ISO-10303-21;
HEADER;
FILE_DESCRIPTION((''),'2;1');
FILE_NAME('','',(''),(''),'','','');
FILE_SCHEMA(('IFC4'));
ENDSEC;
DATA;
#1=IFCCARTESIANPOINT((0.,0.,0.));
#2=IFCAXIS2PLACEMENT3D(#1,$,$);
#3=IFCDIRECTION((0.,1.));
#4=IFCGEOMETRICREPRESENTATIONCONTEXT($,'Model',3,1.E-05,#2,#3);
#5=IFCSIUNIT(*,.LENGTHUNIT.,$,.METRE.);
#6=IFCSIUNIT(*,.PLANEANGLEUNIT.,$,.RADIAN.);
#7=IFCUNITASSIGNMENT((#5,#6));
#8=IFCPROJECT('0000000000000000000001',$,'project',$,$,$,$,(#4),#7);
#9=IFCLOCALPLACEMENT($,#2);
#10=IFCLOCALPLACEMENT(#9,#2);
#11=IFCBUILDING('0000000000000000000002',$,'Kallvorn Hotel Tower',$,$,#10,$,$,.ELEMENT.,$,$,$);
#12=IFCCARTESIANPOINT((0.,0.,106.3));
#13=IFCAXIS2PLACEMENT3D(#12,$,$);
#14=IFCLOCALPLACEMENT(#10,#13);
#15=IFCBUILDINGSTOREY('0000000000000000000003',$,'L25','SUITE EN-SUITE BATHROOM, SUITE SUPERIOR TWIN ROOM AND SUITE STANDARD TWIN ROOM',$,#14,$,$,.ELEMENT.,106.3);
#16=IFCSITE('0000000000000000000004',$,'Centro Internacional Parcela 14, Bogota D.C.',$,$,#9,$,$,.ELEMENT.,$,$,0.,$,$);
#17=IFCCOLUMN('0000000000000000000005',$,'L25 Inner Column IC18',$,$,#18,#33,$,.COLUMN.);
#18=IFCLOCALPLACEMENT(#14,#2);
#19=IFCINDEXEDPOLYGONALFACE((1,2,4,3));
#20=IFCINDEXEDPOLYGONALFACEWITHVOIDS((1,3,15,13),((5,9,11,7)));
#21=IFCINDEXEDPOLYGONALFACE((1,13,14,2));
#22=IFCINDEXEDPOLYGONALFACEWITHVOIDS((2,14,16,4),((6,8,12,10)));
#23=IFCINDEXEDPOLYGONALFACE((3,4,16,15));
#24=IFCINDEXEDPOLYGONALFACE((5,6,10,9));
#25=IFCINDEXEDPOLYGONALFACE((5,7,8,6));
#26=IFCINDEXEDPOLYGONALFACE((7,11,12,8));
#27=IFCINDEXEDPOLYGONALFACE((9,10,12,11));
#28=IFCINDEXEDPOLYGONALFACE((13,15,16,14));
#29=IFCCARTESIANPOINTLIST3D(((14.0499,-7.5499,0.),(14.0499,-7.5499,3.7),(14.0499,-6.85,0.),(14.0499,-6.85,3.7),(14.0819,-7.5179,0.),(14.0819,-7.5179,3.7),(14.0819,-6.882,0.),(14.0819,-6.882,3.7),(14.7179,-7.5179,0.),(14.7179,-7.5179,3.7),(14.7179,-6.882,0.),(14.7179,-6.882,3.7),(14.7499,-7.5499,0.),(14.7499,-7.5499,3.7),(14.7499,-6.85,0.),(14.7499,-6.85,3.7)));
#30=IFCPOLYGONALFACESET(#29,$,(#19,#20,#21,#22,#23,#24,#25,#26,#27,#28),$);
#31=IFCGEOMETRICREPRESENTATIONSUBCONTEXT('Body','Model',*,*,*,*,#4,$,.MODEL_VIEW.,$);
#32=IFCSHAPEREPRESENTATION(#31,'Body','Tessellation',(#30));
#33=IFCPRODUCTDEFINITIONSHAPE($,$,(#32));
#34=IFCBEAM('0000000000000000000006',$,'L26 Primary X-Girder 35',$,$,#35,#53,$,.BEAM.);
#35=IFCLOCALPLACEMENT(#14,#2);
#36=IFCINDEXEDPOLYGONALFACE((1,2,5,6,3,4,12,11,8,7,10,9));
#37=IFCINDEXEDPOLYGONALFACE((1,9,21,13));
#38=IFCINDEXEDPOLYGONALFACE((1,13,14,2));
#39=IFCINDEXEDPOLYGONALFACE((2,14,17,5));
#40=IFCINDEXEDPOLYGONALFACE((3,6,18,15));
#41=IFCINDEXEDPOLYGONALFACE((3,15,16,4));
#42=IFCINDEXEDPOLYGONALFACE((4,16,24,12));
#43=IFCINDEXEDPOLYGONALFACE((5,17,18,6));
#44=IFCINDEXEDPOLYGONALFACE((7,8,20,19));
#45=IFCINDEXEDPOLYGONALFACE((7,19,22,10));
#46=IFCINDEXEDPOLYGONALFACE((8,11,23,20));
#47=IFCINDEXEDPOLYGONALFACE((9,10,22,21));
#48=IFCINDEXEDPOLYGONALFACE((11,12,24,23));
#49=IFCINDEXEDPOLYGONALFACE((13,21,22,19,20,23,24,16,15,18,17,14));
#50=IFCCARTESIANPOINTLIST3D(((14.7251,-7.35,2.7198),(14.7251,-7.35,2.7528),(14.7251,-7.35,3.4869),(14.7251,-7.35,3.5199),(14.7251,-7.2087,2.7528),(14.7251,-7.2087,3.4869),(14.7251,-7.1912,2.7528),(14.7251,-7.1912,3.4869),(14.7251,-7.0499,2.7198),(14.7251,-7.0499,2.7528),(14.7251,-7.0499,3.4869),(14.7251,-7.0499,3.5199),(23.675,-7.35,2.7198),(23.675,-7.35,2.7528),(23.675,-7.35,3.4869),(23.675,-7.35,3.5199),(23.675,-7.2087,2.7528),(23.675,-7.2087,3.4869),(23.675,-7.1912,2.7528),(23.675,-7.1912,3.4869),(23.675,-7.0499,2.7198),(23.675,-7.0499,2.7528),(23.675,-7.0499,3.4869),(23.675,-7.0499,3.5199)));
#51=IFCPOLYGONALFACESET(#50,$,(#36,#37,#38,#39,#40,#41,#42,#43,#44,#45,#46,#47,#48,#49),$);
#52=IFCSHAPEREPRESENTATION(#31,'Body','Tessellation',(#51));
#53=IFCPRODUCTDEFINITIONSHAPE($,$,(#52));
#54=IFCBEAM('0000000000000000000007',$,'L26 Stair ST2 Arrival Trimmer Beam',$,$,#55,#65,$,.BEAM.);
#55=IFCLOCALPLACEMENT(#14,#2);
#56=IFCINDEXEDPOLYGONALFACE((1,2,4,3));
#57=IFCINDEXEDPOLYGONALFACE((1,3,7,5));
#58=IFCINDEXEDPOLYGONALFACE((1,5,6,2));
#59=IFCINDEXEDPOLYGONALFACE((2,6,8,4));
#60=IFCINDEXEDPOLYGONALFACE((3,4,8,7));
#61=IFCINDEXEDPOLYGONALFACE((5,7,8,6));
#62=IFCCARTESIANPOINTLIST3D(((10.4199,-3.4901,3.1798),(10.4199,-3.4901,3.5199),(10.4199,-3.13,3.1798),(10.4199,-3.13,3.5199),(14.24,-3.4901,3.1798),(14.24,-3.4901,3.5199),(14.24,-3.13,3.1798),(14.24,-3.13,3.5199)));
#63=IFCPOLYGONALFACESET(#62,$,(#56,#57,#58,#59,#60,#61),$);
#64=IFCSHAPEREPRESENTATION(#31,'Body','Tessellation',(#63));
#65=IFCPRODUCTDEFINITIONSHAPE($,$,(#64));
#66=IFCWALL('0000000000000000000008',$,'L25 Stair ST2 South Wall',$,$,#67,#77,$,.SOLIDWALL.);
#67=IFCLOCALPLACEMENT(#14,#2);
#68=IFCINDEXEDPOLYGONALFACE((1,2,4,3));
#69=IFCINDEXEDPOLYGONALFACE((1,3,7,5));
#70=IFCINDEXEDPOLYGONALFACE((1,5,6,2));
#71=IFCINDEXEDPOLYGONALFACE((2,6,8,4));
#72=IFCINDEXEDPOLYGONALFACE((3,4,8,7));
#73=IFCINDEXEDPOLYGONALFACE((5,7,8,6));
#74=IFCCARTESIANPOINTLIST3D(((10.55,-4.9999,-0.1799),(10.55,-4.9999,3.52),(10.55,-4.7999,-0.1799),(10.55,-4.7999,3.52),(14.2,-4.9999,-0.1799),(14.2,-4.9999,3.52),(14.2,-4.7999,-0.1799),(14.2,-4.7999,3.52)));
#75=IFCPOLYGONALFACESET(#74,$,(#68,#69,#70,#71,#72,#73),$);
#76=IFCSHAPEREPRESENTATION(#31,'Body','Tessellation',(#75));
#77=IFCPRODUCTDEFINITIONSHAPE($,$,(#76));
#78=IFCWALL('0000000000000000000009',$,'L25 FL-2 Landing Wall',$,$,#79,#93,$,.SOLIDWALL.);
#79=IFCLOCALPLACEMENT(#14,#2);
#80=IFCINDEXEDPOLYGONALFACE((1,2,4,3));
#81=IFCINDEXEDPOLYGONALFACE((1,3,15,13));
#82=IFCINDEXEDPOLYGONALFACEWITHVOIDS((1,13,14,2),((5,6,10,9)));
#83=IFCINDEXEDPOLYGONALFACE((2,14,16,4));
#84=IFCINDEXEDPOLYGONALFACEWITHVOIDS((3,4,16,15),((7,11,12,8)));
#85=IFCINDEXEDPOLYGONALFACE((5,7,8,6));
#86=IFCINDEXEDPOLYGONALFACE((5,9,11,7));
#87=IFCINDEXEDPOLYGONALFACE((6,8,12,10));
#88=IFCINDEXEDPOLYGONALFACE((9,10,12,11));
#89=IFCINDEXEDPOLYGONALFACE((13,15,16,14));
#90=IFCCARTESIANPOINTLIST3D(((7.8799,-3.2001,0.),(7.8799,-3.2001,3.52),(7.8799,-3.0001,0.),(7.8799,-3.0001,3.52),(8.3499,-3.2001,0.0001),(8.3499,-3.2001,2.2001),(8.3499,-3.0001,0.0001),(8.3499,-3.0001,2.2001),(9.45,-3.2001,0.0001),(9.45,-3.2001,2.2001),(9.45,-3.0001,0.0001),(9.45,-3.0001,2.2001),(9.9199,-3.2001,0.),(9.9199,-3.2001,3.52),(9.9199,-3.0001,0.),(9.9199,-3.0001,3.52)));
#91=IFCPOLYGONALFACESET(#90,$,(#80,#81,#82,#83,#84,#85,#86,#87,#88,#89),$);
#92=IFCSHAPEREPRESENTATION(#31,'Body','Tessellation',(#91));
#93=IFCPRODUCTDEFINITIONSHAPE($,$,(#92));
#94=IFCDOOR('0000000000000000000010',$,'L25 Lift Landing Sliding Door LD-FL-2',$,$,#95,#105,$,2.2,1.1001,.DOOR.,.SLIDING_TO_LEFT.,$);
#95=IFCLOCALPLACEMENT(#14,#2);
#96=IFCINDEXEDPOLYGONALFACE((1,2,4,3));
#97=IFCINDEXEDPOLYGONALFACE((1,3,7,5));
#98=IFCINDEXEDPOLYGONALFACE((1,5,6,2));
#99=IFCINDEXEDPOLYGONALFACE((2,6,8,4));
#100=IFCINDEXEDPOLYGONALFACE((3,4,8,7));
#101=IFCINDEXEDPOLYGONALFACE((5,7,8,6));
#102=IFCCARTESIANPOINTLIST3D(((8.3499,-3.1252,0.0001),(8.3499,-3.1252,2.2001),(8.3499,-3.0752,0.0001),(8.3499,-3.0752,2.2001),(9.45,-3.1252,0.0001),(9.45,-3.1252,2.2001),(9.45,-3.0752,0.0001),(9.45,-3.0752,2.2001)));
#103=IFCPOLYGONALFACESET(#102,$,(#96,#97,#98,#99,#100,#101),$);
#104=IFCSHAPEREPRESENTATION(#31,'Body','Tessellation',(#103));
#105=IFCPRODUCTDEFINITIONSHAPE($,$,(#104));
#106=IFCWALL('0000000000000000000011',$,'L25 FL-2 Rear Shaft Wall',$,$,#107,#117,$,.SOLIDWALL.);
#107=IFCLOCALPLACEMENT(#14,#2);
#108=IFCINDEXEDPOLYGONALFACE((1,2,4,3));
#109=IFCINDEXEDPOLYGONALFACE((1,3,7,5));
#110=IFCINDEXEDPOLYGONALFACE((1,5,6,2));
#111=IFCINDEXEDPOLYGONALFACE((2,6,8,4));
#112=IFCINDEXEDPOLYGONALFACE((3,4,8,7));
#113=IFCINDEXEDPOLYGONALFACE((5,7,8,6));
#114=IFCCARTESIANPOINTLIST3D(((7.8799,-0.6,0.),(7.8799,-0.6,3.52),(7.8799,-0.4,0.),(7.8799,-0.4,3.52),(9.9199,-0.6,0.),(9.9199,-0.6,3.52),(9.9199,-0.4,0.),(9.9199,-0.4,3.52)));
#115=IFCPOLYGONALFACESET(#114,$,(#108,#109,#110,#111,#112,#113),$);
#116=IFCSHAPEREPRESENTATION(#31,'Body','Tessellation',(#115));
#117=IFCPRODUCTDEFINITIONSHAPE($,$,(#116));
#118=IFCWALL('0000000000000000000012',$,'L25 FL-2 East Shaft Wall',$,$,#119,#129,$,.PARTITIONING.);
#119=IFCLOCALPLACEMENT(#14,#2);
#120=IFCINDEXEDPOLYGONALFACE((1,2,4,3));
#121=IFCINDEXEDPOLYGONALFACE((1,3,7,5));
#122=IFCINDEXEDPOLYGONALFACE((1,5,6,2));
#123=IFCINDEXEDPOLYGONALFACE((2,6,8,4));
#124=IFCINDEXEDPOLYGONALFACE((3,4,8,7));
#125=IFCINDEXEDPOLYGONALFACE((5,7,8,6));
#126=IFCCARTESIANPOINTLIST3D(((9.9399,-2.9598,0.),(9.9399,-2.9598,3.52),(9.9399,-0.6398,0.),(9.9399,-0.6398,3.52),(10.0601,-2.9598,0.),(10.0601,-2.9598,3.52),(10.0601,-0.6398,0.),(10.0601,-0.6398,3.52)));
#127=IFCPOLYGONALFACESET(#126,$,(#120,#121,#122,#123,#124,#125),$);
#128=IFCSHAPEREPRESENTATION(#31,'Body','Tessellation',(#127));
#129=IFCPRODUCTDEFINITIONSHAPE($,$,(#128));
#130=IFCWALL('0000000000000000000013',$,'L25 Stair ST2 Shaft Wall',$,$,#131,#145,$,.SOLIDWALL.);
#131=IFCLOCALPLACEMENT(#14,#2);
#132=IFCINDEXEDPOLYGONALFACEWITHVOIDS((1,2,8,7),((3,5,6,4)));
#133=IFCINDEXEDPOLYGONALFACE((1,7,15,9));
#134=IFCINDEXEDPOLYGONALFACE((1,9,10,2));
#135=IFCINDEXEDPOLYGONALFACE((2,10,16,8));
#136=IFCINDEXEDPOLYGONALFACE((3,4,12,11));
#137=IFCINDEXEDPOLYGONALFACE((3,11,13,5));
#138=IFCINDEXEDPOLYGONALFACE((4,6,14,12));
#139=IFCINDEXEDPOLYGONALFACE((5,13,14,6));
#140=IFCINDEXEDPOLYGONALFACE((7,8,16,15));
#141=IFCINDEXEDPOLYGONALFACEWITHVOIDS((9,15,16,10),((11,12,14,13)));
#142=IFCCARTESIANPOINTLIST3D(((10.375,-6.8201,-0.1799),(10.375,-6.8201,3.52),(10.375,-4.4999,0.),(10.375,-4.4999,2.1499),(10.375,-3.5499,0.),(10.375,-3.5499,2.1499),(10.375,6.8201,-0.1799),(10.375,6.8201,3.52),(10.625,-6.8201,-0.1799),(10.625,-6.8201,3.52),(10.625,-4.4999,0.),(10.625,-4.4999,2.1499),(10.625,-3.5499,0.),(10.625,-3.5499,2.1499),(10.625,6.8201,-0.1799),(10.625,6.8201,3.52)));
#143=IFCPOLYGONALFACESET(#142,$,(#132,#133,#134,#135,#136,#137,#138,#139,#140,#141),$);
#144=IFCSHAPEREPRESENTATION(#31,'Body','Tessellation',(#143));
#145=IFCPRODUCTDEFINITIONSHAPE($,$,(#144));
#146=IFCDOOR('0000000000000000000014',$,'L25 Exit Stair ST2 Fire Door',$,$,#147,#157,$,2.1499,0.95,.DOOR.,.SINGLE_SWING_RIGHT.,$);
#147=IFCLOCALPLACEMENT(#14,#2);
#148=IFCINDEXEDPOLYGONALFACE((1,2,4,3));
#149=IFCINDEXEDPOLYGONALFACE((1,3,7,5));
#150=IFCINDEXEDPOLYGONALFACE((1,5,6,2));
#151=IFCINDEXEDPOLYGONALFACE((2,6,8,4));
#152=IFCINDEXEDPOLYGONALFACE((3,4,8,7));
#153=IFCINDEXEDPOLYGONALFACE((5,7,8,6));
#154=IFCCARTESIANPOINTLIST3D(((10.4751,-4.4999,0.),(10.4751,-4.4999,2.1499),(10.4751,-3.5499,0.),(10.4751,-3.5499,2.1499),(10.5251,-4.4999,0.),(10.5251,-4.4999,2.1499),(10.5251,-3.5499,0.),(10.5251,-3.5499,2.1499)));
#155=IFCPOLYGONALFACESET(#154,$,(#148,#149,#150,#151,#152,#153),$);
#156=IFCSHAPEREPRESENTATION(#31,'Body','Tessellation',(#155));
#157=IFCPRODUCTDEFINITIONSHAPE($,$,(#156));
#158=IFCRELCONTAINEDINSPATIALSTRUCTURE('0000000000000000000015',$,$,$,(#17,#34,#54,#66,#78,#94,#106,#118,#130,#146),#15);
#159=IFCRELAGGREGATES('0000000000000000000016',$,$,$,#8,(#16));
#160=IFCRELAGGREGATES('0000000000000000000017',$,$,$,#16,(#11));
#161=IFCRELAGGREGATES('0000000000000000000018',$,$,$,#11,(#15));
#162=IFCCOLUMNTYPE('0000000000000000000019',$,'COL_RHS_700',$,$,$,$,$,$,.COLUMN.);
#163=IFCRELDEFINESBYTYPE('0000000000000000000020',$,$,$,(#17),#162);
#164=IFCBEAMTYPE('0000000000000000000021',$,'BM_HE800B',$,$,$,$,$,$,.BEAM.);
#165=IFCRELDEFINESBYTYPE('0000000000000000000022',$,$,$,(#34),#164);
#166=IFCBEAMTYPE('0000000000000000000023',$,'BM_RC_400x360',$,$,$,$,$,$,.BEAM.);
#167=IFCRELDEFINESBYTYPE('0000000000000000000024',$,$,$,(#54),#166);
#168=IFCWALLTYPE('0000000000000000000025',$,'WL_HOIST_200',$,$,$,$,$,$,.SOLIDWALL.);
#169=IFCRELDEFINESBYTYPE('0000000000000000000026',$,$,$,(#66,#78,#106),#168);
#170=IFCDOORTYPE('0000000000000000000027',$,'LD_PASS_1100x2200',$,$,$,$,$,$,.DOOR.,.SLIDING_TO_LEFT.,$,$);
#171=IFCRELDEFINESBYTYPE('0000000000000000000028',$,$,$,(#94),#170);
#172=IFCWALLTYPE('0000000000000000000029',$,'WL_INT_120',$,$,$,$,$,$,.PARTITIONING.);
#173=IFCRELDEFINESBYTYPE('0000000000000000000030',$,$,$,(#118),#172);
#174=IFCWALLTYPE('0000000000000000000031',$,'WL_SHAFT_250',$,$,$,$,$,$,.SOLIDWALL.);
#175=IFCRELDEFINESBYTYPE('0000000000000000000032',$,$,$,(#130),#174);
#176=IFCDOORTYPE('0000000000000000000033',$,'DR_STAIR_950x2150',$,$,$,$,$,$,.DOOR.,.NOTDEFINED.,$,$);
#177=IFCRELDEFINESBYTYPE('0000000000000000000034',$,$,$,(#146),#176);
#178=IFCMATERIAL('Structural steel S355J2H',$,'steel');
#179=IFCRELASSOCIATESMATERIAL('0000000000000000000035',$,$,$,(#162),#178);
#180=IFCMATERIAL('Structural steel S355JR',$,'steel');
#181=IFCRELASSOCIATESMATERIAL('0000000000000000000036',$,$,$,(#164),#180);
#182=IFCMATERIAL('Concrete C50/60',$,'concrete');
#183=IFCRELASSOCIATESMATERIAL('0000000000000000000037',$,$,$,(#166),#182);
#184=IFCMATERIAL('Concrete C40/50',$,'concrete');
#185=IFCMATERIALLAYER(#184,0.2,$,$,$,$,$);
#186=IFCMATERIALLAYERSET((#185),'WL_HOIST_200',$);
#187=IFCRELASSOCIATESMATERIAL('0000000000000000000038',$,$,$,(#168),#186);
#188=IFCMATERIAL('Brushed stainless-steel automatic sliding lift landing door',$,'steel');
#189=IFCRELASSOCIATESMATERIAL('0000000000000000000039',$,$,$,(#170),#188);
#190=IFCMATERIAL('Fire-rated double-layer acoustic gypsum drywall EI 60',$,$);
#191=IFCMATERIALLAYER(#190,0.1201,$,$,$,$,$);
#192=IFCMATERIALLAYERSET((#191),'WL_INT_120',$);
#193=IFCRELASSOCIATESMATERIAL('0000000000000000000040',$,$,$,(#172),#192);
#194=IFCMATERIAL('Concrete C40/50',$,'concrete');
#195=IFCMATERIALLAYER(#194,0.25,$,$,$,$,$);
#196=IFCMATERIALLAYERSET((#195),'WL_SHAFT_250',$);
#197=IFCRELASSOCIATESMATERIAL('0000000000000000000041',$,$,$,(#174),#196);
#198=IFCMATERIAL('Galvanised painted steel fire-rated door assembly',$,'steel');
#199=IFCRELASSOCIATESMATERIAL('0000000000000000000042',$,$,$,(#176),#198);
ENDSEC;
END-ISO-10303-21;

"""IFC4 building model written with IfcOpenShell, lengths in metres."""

from ifc_helpers import new_model, si_unit, direction, frame, frame_2d, origin, origin_2d, place, context, subcontext, project, spatial, rectangle, hollow_rectangle, i_section, extrude, material, layer, layer_set, material_profile, profile_set, type_object, element, fill, save


model = new_model("IFC4")

# Units and contexts
model_context = context("Model", 3, precision=1e-05, world=origin(), true_north=direction((0.0, 1.0)))
body_context = subcontext(model_context, "Body", "Model", "MODEL_VIEW")
ifc_project = project(units=[si_unit("LENGTHUNIT", "METRE"), si_unit("PLANEANGLEUNIT", "RADIAN")], contexts=[model_context])

# Site, building, storey
site_placement = place(None, origin())
site = spatial("IfcSite", under=ifc_project, at=site_placement, Name="Centro Internacional Parcela 14, Bogota D.C.", CompositionType="ELEMENT", RefElevation=0.0)
building_placement = place(site_placement, origin())
building = spatial("IfcBuilding", under=site, at=building_placement, Name="Kallvorn Hotel Tower", CompositionType="ELEMENT")
storey_placement = place(building_placement, frame((0.0, 0.0, 106.3)))
storey = spatial("IfcBuildingStorey", under=building, at=storey_placement, Name="L25", Description="SUITE EN-SUITE BATHROOM, SUITE SUPERIOR TWIN ROOM AND SUITE STANDARD TWIN ROOM", CompositionType="ELEMENT", Elevation=106.3)

# Column
ifc_material_1 = material(Name="Structural steel S355J2H", Category="steel")
ifc_material_profile_1 = material_profile(ifc_material_1, hollow_rectangle(XDim=0.7, YDim=0.7, WallThickness=0.032, at=origin_2d()), Name="RHS 700x700x32")
ifc_profile_set_1 = profile_set([ifc_material_profile_1], Name="Structural steel S355J2H")
column_type = type_object("IfcColumnType", Name="COL_RHS_700", PredefinedType="COLUMN", material=ifc_profile_set_1)
column_placement = place(storey_placement, frame((14.3999, -7.2, 0.0), z_axis=(0.0, 0.0, 1.0), x_axis=(1.0, 0.0, 0.0)))
element("IfcColumn", 1, at=column_placement, inside=storey, type_object=column_type, Name="L25 Inner Column IC18", PredefinedType="COLUMN", context=body_context, shape_type="SweptSolid", body=[
    extrude(hollow_rectangle(XDim=0.7, YDim=0.7, WallThickness=0.032, at=origin_2d()), origin(), (0.0, 0.0, 1.0), 3.7),
])

# Beams
ifc_material_2 = material(Name="Structural steel S355JR", Category="steel")
ifc_material_profile_2 = material_profile(ifc_material_2, i_section(OverallWidth=0.3, OverallDepth=0.8, WebThickness=0.0176, FlangeThickness=0.033, at=origin_2d()), Name="HE 800 B")
ifc_profile_set_2 = profile_set([ifc_material_profile_2], Name="Structural steel S355JR")
beam_type_1 = type_object("IfcBeamType", Name="BM_HE800B", PredefinedType="BEAM", material=ifc_profile_set_2)
beam_1_placement = place(storey_placement, frame((14.7251, -7.2, 3.1199), z_axis=(1.0, 0.0, 0.0), x_axis=(0.0, 1.0, 0.0)))
element("IfcBeam", 2, at=beam_1_placement, inside=storey, type_object=beam_type_1, Name="L26 Primary X-Girder 35", PredefinedType="BEAM", context=body_context, shape_type="SweptSolid", body=[
    extrude(i_section(OverallWidth=0.3, OverallDepth=0.8, WebThickness=0.0176, FlangeThickness=0.033, at=origin_2d()), origin(), (0.0, 0.0, 1.0), 8.95),
])
ifc_material_3 = material(Name="Concrete C50/60", Category="concrete")
ifc_material_profile_3 = material_profile(ifc_material_3, rectangle(XDim=0.3601, YDim=0.3401, at=origin_2d()), Name="RC 360x340")
ifc_profile_set_3 = profile_set([ifc_material_profile_3], Name="Concrete C50/60")
beam_type_2 = type_object("IfcBeamType", Name="BM_RC_400x360", PredefinedType="BEAM", material=ifc_profile_set_3)
beam_2_placement = place(storey_placement, frame((14.24, -3.3101, 3.3499), z_axis=(-1.0, 0.0, 0.0), x_axis=(0.0, -1.0, 0.0)))
element("IfcBeam", 3, at=beam_2_placement, inside=storey, type_object=beam_type_2, Name="L26 Stair ST2 Arrival Trimmer Beam", PredefinedType="BEAM", context=body_context, shape_type="SweptSolid", body=[
    extrude(rectangle(XDim=0.3601, YDim=0.3401, at=origin_2d()), origin(), (0.0, 0.0, 1.0), 3.8201),
])

# Wall
ifc_material_4 = material(Name="Concrete C40/50", Category="concrete")
ifc_layer_1 = layer(ifc_material_4, 0.2)
ifc_layer_set_1 = layer_set([ifc_layer_1], Name="WL_HOIST_200")
wall_type_1 = type_object("IfcWallType", Name="WL_HOIST_200", PredefinedType="SOLIDWALL", material=ifc_layer_set_1)
wall_1_placement = place(storey_placement, frame((10.55, -4.8999, -0.1799), z_axis=(0.0, 0.0, 1.0), x_axis=(1.0, 0.0, 0.0)))
element("IfcWall", 4, at=wall_1_placement, inside=storey, type_object=wall_type_1, Name="L25 Stair ST2 South Wall", PredefinedType="SOLIDWALL", context=body_context, shape_type="SweptSolid", body=[
    extrude(rectangle(XDim=3.6499, YDim=0.2, at=frame_2d((1.825, 0.0))), origin(), (0.0, 0.0, 1.0), 3.7),
])

# Wall, opening, door
wall_2_placement = place(storey_placement, frame((7.8799, -3.1001, 0.0), z_axis=(0.0, 0.0, 1.0), x_axis=(1.0, 0.0, 0.0)))
wall_2 = element("IfcWall", 5, at=wall_2_placement, inside=storey, type_object=wall_type_1, Name="L25 FL-2 Landing Wall", PredefinedType="SOLIDWALL", context=body_context, shape_type="SweptSolid", body=[
    extrude(rectangle(XDim=2.04, YDim=0.2, at=frame_2d((1.02, 0.0))), origin(), (0.0, 0.0, 1.0), 3.52),
])
opening_1_placement = place(wall_2_placement, frame((0.47, 0.0, 0.0)))
opening_1 = element("IfcOpeningElement", 6, at=opening_1_placement, cuts=wall_2, PredefinedType="OPENING", context=body_context, shape_type="SweptSolid", body=[
    extrude(rectangle(XDim=1.1001, YDim=2.2, at=frame_2d((0.55, 1.1001))), frame((0.0, 0.115, 0.0), z_axis=(0.0, -1.0, 0.0), x_axis=(1.0, 0.0, 0.0)), (0.0, 0.0, 1.0), 0.23),
])
ifc_material_5 = material(Name="Brushed stainless-steel automatic sliding lift landing door", Category="steel")
door_type_1 = type_object("IfcDoorType", Name="LD_PASS_1100x2200", OperationType="SLIDING_TO_LEFT", PredefinedType="DOOR", material=ifc_material_5)
door_1_placement = place(opening_1_placement, origin())
door_1 = element("IfcDoor", 7, at=door_1_placement, inside=storey, type_object=door_type_1, Name="L25 Lift Landing Sliding Door LD-FL-2", OperationType="SLIDING_TO_LEFT", OverallHeight=2.2, OverallWidth=1.1001, PredefinedType="DOOR", context=body_context, shape_type="SweptSolid", body=[
    extrude(rectangle(XDim=1.1001, YDim=2.2, at=frame_2d((0.55, 1.1001))), frame((0.0, 0.0249, 0.0), z_axis=(0.0, -1.0, 0.0), x_axis=(1.0, 0.0, 0.0)), (0.0, 0.0, 1.0), 0.05),
])
fill(opening_1, door_1)

# Walls
wall_3_placement = place(storey_placement, frame((7.8799, -0.5, 0.0), z_axis=(0.0, 0.0, 1.0), x_axis=(1.0, 0.0, 0.0)))
element("IfcWall", 8, at=wall_3_placement, inside=storey, type_object=wall_type_1, Name="L25 FL-2 Rear Shaft Wall", PredefinedType="SOLIDWALL", context=body_context, shape_type="SweptSolid", body=[
    extrude(rectangle(XDim=2.04, YDim=0.2, at=frame_2d((1.02, 0.0))), origin(), (0.0, 0.0, 1.0), 3.52),
])
ifc_material_6 = material(Name="Fire-rated double-layer acoustic gypsum drywall EI 60")
ifc_layer_2 = layer(ifc_material_6, 0.1201)
ifc_layer_set_2 = layer_set([ifc_layer_2], Name="WL_INT_120")
wall_type_2 = type_object("IfcWallType", Name="WL_INT_120", PredefinedType="PARTITIONING", material=ifc_layer_set_2)
wall_4_placement = place(storey_placement, frame((10.0, -2.96, 0.0), z_axis=(0.0, 0.0, 1.0), x_axis=(0.0, 1.0, 0.0)))
element("IfcWall", 9, at=wall_4_placement, inside=storey, type_object=wall_type_2, Name="L25 FL-2 East Shaft Wall", PredefinedType="PARTITIONING", context=body_context, shape_type="SweptSolid", body=[
    extrude(rectangle(XDim=2.3201, YDim=0.1201, at=frame_2d((1.1602, 0.0))), origin(), (0.0, 0.0, 1.0), 3.52),
])

# Wall, opening, door
ifc_material_7 = material(Name="Concrete C40/50", Category="concrete")
ifc_layer_3 = layer(ifc_material_7, 0.25)
ifc_layer_set_3 = layer_set([ifc_layer_3], Name="WL_SHAFT_250")
wall_type_3 = type_object("IfcWallType", Name="WL_SHAFT_250", PredefinedType="SOLIDWALL", material=ifc_layer_set_3)
wall_5_placement = place(storey_placement, frame((10.5, -6.8201, -0.1799), z_axis=(0.0, 0.0, 1.0), x_axis=(0.0, 1.0, 0.0)))
wall_5 = element("IfcWall", 10, at=wall_5_placement, inside=storey, type_object=wall_type_3, Name="L25 Stair ST2 Shaft Wall", PredefinedType="SOLIDWALL", context=body_context, shape_type="SweptSolid", body=[
    extrude(rectangle(XDim=13.6401, YDim=0.25, at=frame_2d((6.8201, 0.0))), origin(), (0.0, 0.0, 1.0), 3.7),
])
opening_2_placement = place(wall_5_placement, frame((2.3201, 0.0, 0.1799)))
opening_2 = element("IfcOpeningElement", 11, at=opening_2_placement, cuts=wall_5, PredefinedType="OPENING", context=body_context, shape_type="SweptSolid", body=[
    extrude(rectangle(XDim=0.95, YDim=2.1499, at=frame_2d((0.4751, 1.075))), frame((0.0, 0.1399, 0.0), z_axis=(0.0, -1.0, 0.0), x_axis=(1.0, 0.0, 0.0)), (0.0, 0.0, 1.0), 0.28),
])
ifc_material_8 = material(Name="Galvanised painted steel fire-rated door assembly", Category="steel")
door_type_2 = type_object("IfcDoorType", Name="DR_STAIR_950x2150", OperationType="NOTDEFINED", PredefinedType="DOOR", material=ifc_material_8)
door_2_placement = place(opening_2_placement, origin())
door_2 = element("IfcDoor", 12, at=door_2_placement, inside=storey, type_object=door_type_2, Name="L25 Exit Stair ST2 Fire Door", OperationType="SINGLE_SWING_RIGHT", OverallHeight=2.1499, OverallWidth=0.95, PredefinedType="DOOR", context=body_context, shape_type="SweptSolid", body=[
    extrude(rectangle(XDim=0.95, YDim=2.1499, at=frame_2d((0.4751, 1.075))), frame((0.0, 0.0249, 0.0), z_axis=(0.0, -1.0, 0.0), x_axis=(1.0, 0.0, 0.0)), (0.0, 0.0, 1.0), 0.05),
])
fill(opening_2, door_2)

save(model, "model.ifc")
